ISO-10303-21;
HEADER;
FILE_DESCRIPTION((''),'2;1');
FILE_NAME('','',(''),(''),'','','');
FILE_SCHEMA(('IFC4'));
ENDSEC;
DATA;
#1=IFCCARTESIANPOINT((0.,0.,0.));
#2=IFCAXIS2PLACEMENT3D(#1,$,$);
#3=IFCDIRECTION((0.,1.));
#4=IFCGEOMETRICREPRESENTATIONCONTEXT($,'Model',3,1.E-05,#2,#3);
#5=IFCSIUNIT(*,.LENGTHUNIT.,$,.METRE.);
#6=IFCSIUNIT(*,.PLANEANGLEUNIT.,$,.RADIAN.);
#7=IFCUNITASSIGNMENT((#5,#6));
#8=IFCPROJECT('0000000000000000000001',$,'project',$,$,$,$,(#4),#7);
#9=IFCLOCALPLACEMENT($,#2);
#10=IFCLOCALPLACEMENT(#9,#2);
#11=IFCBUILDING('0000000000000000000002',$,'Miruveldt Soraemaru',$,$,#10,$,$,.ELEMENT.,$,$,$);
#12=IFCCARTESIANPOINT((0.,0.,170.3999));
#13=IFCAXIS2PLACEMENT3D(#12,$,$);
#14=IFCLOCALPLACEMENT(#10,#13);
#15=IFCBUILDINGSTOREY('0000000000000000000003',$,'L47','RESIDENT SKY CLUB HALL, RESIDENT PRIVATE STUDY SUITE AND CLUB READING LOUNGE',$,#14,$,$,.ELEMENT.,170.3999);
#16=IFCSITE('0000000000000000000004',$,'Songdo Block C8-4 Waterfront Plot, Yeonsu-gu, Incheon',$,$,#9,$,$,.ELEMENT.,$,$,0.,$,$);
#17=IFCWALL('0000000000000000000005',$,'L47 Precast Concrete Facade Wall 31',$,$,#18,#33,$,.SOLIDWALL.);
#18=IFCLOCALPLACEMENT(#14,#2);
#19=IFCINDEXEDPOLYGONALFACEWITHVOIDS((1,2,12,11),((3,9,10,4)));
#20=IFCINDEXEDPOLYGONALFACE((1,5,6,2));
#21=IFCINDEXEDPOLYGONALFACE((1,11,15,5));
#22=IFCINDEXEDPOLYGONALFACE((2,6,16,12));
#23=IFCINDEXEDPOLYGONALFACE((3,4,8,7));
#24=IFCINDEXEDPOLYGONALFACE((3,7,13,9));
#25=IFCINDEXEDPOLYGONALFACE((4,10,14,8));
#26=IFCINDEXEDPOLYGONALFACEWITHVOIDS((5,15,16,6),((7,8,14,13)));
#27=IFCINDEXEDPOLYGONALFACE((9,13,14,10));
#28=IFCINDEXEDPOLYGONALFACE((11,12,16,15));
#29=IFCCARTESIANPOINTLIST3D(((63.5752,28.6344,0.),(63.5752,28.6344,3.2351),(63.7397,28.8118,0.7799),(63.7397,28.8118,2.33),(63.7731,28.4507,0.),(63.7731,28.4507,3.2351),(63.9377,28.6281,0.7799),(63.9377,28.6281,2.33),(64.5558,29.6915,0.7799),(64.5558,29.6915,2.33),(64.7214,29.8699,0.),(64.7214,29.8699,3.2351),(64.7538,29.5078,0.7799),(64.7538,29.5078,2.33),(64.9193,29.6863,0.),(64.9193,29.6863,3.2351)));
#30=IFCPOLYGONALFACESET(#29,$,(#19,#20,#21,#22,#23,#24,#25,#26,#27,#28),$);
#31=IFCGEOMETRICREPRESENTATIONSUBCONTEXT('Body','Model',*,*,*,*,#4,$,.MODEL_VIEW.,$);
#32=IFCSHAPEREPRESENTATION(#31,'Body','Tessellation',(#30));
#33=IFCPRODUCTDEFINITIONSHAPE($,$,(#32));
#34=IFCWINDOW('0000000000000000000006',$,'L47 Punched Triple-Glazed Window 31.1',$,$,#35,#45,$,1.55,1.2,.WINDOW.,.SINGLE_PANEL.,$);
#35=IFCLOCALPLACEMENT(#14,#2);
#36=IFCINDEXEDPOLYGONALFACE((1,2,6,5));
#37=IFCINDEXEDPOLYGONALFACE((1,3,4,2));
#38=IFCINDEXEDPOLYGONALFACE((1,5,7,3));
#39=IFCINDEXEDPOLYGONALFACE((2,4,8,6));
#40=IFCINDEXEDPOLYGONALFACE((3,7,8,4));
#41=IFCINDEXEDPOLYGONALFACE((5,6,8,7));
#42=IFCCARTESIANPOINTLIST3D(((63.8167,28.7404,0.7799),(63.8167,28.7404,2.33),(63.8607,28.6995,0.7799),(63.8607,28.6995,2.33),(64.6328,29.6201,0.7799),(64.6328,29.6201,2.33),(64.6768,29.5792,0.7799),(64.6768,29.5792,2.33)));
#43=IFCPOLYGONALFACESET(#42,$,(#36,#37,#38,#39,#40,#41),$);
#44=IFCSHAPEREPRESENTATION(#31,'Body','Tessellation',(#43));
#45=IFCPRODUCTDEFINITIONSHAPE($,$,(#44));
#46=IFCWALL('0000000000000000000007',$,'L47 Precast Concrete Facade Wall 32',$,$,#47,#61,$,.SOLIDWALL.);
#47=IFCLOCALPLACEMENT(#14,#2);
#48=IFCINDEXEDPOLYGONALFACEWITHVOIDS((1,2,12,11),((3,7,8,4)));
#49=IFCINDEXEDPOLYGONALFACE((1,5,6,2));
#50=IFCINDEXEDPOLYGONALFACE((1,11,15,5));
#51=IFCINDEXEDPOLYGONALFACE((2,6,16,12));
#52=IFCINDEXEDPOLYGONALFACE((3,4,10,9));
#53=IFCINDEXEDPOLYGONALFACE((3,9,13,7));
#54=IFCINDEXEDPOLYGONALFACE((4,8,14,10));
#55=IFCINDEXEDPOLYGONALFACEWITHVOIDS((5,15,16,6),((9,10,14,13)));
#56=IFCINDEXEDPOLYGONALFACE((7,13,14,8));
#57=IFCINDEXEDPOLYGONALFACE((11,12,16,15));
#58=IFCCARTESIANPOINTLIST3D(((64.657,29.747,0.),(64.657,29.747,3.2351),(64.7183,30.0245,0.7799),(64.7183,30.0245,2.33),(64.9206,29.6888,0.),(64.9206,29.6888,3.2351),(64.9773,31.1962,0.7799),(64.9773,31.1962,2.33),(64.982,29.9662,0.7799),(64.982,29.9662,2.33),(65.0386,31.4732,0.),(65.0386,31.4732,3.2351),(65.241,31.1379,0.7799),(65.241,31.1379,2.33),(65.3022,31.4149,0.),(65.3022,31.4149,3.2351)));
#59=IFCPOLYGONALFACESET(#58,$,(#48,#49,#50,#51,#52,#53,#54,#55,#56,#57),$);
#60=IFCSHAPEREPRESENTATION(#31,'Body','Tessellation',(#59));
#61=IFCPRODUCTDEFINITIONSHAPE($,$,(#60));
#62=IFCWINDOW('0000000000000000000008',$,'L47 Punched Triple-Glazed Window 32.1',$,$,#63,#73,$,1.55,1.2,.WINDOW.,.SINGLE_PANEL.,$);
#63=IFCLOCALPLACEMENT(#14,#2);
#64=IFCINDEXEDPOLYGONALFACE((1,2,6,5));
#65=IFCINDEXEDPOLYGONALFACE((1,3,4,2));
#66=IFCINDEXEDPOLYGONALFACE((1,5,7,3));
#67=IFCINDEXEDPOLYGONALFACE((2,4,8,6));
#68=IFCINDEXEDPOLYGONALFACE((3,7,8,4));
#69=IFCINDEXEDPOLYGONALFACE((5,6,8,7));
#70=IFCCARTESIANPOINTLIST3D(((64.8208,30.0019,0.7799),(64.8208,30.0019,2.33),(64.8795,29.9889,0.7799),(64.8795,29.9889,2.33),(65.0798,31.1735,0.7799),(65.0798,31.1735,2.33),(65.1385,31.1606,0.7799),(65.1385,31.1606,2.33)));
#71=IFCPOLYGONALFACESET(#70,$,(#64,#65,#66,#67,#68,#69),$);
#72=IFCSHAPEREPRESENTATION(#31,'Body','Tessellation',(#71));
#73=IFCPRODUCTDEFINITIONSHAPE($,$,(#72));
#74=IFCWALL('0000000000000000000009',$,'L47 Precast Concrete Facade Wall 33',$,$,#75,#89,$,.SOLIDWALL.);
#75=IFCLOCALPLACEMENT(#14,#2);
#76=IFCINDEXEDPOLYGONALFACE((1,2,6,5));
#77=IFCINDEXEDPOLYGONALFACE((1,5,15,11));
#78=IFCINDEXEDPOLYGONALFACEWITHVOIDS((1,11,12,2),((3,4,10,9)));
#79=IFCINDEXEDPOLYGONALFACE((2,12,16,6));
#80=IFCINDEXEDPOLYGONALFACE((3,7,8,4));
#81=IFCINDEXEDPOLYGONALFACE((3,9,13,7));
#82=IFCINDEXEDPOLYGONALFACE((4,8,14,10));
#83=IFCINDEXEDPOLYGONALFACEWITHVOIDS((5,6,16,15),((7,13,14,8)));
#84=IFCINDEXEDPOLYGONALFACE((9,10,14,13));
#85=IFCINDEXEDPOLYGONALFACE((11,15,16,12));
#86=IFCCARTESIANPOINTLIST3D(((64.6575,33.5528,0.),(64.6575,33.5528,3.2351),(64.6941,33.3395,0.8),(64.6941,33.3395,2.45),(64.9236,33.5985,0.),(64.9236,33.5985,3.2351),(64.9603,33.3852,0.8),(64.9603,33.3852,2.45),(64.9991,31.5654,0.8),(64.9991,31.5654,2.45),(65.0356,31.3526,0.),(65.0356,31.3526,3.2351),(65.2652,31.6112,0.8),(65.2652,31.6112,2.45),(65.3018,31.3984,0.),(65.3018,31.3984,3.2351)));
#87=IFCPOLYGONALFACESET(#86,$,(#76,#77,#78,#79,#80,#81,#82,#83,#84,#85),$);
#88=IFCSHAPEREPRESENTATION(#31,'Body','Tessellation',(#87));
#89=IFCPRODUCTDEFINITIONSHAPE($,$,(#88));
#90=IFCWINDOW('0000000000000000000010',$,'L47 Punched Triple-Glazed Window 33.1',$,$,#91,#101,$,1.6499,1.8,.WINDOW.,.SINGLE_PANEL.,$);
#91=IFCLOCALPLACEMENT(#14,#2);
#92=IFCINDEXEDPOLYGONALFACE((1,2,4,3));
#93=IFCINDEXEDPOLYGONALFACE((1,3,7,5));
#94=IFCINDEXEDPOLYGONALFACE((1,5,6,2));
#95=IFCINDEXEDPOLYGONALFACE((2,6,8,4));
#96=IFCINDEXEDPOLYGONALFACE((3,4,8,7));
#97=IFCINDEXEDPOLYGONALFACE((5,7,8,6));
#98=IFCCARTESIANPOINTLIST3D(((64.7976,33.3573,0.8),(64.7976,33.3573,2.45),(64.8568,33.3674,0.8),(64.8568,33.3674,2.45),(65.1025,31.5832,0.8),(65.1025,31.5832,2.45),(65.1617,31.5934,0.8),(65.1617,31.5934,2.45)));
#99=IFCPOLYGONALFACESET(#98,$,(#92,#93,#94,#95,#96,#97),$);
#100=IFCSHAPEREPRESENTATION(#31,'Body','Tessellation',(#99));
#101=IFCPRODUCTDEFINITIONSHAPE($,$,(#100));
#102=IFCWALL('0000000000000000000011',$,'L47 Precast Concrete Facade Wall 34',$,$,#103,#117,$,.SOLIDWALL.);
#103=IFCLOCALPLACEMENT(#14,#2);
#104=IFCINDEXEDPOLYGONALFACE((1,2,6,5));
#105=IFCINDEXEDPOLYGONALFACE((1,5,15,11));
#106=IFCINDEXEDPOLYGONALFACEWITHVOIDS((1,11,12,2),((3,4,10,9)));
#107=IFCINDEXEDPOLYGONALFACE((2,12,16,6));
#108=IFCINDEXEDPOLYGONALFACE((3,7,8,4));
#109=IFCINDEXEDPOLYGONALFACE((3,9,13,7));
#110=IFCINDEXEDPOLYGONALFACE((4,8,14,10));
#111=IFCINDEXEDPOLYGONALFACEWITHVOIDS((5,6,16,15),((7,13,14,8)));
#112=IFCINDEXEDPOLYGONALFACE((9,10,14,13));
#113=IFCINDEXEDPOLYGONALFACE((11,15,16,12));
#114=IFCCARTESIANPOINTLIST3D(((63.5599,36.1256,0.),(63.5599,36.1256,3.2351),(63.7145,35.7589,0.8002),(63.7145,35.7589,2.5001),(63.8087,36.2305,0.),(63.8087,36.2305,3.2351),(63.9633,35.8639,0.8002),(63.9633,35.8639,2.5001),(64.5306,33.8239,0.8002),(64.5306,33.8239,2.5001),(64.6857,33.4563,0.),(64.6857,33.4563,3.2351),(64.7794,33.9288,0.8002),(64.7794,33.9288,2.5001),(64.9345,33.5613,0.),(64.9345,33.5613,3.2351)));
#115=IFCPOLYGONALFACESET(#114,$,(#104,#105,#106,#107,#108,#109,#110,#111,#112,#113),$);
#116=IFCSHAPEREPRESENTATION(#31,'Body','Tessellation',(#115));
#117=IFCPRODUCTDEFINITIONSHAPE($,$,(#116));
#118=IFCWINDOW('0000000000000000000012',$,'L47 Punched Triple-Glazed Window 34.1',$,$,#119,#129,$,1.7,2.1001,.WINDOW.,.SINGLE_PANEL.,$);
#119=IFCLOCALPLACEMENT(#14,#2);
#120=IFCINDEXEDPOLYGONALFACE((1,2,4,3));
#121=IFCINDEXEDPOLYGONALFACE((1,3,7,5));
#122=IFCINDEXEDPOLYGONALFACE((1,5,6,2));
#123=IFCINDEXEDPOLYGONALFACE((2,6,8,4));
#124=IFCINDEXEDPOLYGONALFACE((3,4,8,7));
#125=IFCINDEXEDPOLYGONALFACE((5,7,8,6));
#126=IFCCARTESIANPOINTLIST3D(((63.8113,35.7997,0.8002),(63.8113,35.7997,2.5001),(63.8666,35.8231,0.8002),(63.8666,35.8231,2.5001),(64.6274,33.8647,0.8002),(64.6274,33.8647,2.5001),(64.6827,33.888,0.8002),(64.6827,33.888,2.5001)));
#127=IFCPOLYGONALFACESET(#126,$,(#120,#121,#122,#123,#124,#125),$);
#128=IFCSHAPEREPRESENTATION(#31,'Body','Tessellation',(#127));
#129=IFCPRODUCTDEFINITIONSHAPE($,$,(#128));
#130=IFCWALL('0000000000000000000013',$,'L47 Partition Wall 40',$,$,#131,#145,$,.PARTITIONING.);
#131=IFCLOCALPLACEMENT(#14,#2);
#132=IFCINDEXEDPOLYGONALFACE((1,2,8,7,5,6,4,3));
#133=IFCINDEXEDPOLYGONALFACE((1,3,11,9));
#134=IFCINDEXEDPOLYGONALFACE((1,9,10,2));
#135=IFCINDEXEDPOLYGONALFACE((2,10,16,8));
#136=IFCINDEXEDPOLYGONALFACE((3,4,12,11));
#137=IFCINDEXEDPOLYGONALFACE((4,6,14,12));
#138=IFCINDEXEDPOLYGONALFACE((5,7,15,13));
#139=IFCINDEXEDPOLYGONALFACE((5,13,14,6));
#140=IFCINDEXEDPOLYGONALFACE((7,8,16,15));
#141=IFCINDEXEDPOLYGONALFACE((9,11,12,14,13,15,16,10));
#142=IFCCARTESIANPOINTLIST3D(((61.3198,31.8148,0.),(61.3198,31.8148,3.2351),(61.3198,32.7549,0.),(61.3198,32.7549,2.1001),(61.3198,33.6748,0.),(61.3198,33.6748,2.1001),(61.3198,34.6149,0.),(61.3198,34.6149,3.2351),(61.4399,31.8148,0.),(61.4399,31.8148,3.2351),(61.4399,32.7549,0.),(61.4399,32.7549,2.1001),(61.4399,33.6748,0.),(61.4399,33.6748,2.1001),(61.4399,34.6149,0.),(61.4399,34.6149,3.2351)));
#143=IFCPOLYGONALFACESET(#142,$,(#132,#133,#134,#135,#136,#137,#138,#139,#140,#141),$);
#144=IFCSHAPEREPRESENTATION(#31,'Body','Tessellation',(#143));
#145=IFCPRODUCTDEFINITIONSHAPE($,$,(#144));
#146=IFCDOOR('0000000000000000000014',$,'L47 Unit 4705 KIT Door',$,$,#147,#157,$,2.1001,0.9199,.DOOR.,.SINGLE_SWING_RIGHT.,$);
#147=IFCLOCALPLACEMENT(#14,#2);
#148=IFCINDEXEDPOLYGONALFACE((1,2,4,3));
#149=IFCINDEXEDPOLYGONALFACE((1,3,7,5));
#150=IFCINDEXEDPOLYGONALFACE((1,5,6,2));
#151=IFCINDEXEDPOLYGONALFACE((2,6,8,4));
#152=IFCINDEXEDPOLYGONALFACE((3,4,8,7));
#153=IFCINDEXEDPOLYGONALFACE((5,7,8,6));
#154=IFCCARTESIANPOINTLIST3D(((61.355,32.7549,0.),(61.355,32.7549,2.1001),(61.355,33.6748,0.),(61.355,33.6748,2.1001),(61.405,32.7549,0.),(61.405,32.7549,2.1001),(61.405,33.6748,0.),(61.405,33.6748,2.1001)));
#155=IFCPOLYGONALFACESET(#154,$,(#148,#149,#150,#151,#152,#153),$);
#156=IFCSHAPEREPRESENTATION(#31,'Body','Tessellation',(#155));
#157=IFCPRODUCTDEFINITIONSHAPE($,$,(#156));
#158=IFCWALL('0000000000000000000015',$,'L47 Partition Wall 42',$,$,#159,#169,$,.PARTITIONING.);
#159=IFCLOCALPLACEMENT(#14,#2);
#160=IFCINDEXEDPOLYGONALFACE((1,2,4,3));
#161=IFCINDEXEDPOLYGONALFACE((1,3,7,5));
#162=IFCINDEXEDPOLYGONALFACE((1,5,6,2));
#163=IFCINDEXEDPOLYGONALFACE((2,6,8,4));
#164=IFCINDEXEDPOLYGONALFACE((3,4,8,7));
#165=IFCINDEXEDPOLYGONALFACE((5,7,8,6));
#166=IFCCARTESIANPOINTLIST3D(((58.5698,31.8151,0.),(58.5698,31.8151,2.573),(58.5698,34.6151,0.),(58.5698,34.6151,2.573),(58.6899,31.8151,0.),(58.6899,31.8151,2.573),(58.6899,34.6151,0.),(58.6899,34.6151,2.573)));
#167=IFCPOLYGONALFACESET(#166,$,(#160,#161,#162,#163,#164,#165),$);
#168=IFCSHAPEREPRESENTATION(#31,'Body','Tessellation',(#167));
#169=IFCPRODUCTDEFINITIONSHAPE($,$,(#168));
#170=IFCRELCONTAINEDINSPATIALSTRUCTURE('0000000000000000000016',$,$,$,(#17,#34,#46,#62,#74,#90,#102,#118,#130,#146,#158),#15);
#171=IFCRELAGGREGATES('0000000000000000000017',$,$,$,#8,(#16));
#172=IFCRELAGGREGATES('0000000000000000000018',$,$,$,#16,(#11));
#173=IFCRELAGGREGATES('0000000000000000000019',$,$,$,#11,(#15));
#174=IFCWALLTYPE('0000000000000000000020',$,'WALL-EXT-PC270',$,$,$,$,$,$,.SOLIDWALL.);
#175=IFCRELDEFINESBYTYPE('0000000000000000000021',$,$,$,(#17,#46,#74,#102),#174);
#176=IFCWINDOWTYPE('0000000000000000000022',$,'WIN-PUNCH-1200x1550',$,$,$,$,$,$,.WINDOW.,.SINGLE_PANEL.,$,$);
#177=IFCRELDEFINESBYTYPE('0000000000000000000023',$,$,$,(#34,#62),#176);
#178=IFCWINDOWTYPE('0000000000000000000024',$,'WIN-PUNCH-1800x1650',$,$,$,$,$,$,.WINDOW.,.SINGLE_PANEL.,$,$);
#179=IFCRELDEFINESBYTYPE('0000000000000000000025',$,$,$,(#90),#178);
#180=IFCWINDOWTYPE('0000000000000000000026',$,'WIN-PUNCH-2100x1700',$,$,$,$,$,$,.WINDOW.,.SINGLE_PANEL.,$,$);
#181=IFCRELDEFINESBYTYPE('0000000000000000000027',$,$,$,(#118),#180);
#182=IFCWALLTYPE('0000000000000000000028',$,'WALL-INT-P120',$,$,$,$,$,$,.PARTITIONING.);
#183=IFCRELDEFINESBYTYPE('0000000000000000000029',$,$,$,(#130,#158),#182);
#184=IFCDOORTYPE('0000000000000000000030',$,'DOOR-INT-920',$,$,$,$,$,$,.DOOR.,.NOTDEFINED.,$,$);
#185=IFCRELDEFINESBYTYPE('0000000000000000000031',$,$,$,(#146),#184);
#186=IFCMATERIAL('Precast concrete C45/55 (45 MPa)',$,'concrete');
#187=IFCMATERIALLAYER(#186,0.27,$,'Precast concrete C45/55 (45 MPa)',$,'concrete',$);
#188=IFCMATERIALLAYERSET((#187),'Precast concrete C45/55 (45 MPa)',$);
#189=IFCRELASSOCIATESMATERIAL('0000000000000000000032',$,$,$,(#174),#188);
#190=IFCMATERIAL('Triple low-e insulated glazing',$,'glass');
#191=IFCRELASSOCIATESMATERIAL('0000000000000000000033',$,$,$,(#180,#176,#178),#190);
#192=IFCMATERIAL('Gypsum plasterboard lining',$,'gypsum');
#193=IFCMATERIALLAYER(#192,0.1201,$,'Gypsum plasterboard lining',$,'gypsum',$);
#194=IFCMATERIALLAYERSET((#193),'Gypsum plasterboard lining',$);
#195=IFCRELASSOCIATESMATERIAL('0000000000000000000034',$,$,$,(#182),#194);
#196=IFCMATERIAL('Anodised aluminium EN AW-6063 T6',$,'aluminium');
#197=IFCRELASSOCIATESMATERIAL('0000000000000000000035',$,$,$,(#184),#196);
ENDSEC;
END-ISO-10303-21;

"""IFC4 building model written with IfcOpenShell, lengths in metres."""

from ifc_helpers import new_model, si_unit, direction, frame, frame_2d, origin, place, context, subcontext, project, spatial, rectangle, extrude, material, layer, layer_set, type_object, element, fill, save


model = new_model("IFC4")

# Units and contexts
model_context = context("Model", 3, precision=1e-05, world=origin(), true_north=direction((0.0, 1.0)))
body_context = subcontext(model_context, "Body", "Model", "MODEL_VIEW")
ifc_project = project(units=[si_unit("LENGTHUNIT", "METRE"), si_unit("PLANEANGLEUNIT", "RADIAN")], contexts=[model_context])

# Site, building, storey
site_placement = place(None, origin())
site = spatial("IfcSite", under=ifc_project, at=site_placement, Name="Songdo Block C8-4 Waterfront Plot, Yeonsu-gu, Incheon", CompositionType="ELEMENT", RefElevation=0.0)
building_placement = place(site_placement, origin())
building = spatial("IfcBuilding", under=site, at=building_placement, Name="Miruveldt Soraemaru", CompositionType="ELEMENT")
storey_placement = place(building_placement, frame((0.0, 0.0, 170.3999)))
storey = spatial("IfcBuildingStorey", under=building, at=storey_placement, Name="L47", Description="RESIDENT SKY CLUB HALL, RESIDENT PRIVATE STUDY SUITE AND CLUB READING LOUNGE", CompositionType="ELEMENT", Elevation=170.3999)

# Walls, openings, windows
ifc_material_1 = material(Name="Precast concrete C45/55 (45 MPa)", Category="concrete")
ifc_layer_1 = layer(ifc_material_1, 0.27, Name="Precast concrete C45/55 (45 MPa)", Category="concrete")
ifc_layer_set_1 = layer_set([ifc_layer_1], Name="Precast concrete C45/55 (45 MPa)")
wall_type_1 = type_object("IfcWallType", Name="WALL-EXT-PC270", PredefinedType="SOLIDWALL", material=ifc_layer_set_1)
ifc_material_2 = material(Name="Triple low-e insulated glazing", Category="glass")
window_type_1 = type_object("IfcWindowType", Name="WIN-PUNCH-2100x1700", PartitioningType="SINGLE_PANEL", PredefinedType="WINDOW", material=ifc_material_2)
wall_1_placement = place(storey_placement, frame((63.6741, 28.5425, 0.0), z_axis=(0.0, 0.0, 1.0), x_axis=(0.680101, 0.733118, 0.0)))
wall_1 = element("IfcWall", 1, at=wall_1_placement, inside=storey, type_object=wall_type_1, Name="L47 Precast Concrete Facade Wall 31", PredefinedType="SOLIDWALL", context=body_context, shape_type="SweptSolid", body=[
    extrude(rectangle(XDim=1.6853, YDim=0.27, at=frame_2d((0.8428, 0.0))), origin(), (0.0, 0.0, 1.0), 3.2351),
])
opening_1_placement = place(wall_1_placement, frame((0.2419, 0.0, 0.78)))
opening_1 = element("IfcOpeningElement", 2, at=opening_1_placement, cuts=wall_1, PredefinedType="OPENING", context=body_context, shape_type="SweptSolid", body=[
    extrude(rectangle(XDim=1.2, YDim=1.55, at=frame_2d((0.6001, 0.7749))), frame((0.0, 0.145, 0.0), z_axis=(0.0, -1.0, 0.0), x_axis=(1.0, 0.0, 0.0)), (0.0, 0.0, 1.0), 0.29),
])
window_type_2 = type_object("IfcWindowType", Name="WIN-PUNCH-1200x1550", PartitioningType="SINGLE_PANEL", PredefinedType="WINDOW", material=ifc_material_2)
window_1_placement = place(opening_1_placement, origin())
window_1 = element("IfcWindow", 3, at=window_1_placement, inside=storey, type_object=window_type_2, Name="L47 Punched Triple-Glazed Window 31.1", OverallHeight=1.55, OverallWidth=1.2, PartitioningType="SINGLE_PANEL", PredefinedType="WINDOW", context=body_context, shape_type="SweptSolid", body=[
    extrude(rectangle(XDim=1.2, YDim=1.55, at=frame_2d((0.6001, 0.7749))), frame((0.0, 0.03, 0.0), z_axis=(0.0, -1.0, 0.0), x_axis=(1.0, 0.0, 0.0)), (0.0, 0.0, 1.0), 0.0601),
])
fill(opening_1, window_1)
wall_2_placement = place(storey_placement, frame((64.7888, 29.718, 0.0), z_axis=(0.0, 0.0, 1.0), x_axis=(0.215863, 0.976424, 0.0)))
wall_2 = element("IfcWall", 4, at=wall_2_placement, inside=storey, type_object=wall_type_1, Name="L47 Precast Concrete Facade Wall 32", PredefinedType="SOLIDWALL", context=body_context, shape_type="SweptSolid", body=[
    extrude(rectangle(XDim=1.7678, YDim=0.27, at=frame_2d((0.8838, 0.0))), origin(), (0.0, 0.0, 1.0), 3.2351),
])
opening_2_placement = place(wall_2_placement, frame((0.2839, 0.0, 0.78)))
opening_2 = element("IfcOpeningElement", 5, at=opening_2_placement, cuts=wall_2, PredefinedType="OPENING", context=body_context, shape_type="SweptSolid", body=[
    extrude(rectangle(XDim=1.2, YDim=1.55, at=frame_2d((0.6001, 0.7749))), frame((0.0, 0.145, 0.0), z_axis=(0.0, -1.0, 0.0), x_axis=(1.0, 0.0, 0.0)), (0.0, 0.0, 1.0), 0.29),
])
window_2_placement = place(opening_2_placement, origin())
window_2 = element("IfcWindow", 6, at=window_2_placement, inside=storey, type_object=window_type_2, Name="L47 Punched Triple-Glazed Window 32.1", OverallHeight=1.55, OverallWidth=1.2, PartitioningType="SINGLE_PANEL", PredefinedType="WINDOW", context=body_context, shape_type="SweptSolid", body=[
    extrude(rectangle(XDim=1.2, YDim=1.55, at=frame_2d((0.6001, 0.7749))), frame((0.0, 0.03, 0.0), z_axis=(0.0, -1.0, 0.0), x_axis=(1.0, 0.0, 0.0)), (0.0, 0.0, 1.0), 0.0601),
])
fill(opening_2, window_2)
wall_3_placement = place(storey_placement, frame((65.1687, 31.3755, 0.0), z_axis=(0.0, 0.0, 1.0), x_axis=(-0.169398, 0.985548, 0.0)))
wall_3 = element("IfcWall", 7, at=wall_3_placement, inside=storey, type_object=wall_type_1, Name="L47 Precast Concrete Facade Wall 33", PredefinedType="SOLIDWALL", context=body_context, shape_type="SweptSolid", body=[
    extrude(rectangle(XDim=2.2324, YDim=0.27, at=frame_2d((1.1162, 0.0))), origin(), (0.0, 0.0, 1.0), 3.2351),
])
opening_3_placement = place(wall_3_placement, frame((0.2161, 0.0, 0.8)))
opening_3 = element("IfcOpeningElement", 8, at=opening_3_placement, cuts=wall_3, PredefinedType="OPENING", context=body_context, shape_type="SweptSolid", body=[
    extrude(rectangle(XDim=1.8, YDim=1.6499, at=frame_2d((0.8999, 0.825))), frame((0.0, 0.145, 0.0), z_axis=(0.0, -1.0, 0.0), x_axis=(1.0, 0.0, 0.0)), (0.0, 0.0, 1.0), 0.29),
])
window_type_3 = type_object("IfcWindowType", Name="WIN-PUNCH-1800x1650", PartitioningType="SINGLE_PANEL", PredefinedType="WINDOW", material=ifc_material_2)
window_3_placement = place(opening_3_placement, origin())
window_3 = element("IfcWindow", 9, at=window_3_placement, inside=storey, type_object=window_type_3, Name="L47 Punched Triple-Glazed Window 33.1", OverallHeight=1.6499, OverallWidth=1.8, PartitioningType="SINGLE_PANEL", PredefinedType="WINDOW", context=body_context, shape_type="SweptSolid", body=[
    extrude(rectangle(XDim=1.8, YDim=1.6499, at=frame_2d((0.8999, 0.825))), frame((0.0, 0.03, 0.0), z_axis=(0.0, -1.0, 0.0), x_axis=(1.0, 0.0, 0.0)), (0.0, 0.0, 1.0), 0.0601),
])
fill(opening_3, window_3)
wall_4_placement = place(storey_placement, frame((64.8101, 33.5088, 0.0), z_axis=(0.0, 0.0, 1.0), x_axis=(-0.388603, 0.921405, 0.0)))
wall_4 = element("IfcWall", 10, at=wall_4_placement, inside=storey, type_object=wall_type_1, Name="L47 Precast Concrete Facade Wall 34", PredefinedType="SOLIDWALL", context=body_context, shape_type="SweptSolid", body=[
    extrude(rectangle(XDim=2.897, YDim=0.27, at=frame_2d((1.4485, 0.0))), origin(), (0.0, 0.0, 1.0), 3.2351),
])
opening_4_placement = place(wall_4_placement, frame((0.3989, 0.0, 0.8)))
opening_4 = element("IfcOpeningElement", 11, at=opening_4_placement, cuts=wall_4, PredefinedType="OPENING", context=body_context, shape_type="SweptSolid", body=[
    extrude(rectangle(XDim=2.1001, YDim=1.7, at=frame_2d((1.05, 0.8501))), frame((0.0, 0.145, 0.0), z_axis=(0.0, -1.0, 0.0), x_axis=(1.0, 0.0, 0.0)), (0.0, 0.0, 1.0), 0.29),
])
window_4_placement = place(opening_4_placement, origin())
window_4 = element("IfcWindow", 12, at=window_4_placement, inside=storey, type_object=window_type_1, Name="L47 Punched Triple-Glazed Window 34.1", OverallHeight=1.7, OverallWidth=2.1001, PartitioningType="SINGLE_PANEL", PredefinedType="WINDOW", context=body_context, shape_type="SweptSolid", body=[
    extrude(rectangle(XDim=2.1001, YDim=1.7, at=frame_2d((1.05, 0.8501))), frame((0.0, 0.03, 0.0), z_axis=(0.0, -1.0, 0.0), x_axis=(1.0, 0.0, 0.0)), (0.0, 0.0, 1.0), 0.0601),
])
fill(opening_4, window_4)

# Wall, opening, door
ifc_material_3 = material(Name="Gypsum plasterboard lining", Category="gypsum")
ifc_layer_2 = layer(ifc_material_3, 0.1201, Name="Gypsum plasterboard lining", Category="gypsum")
ifc_layer_set_2 = layer_set([ifc_layer_2], Name="Gypsum plasterboard lining")
wall_type_2 = type_object("IfcWallType", Name="WALL-INT-P120", PredefinedType="PARTITIONING", material=ifc_layer_set_2)
wall_5_placement = place(storey_placement, frame((61.3799, 31.8149, 0.0), z_axis=(0.0, 0.0, 1.0), x_axis=(0.0, 1.0, 0.0)))
wall_5 = element("IfcWall", 13, at=wall_5_placement, inside=storey, type_object=wall_type_2, Name="L47 Partition Wall 40", PredefinedType="PARTITIONING", context=body_context, shape_type="SweptSolid", body=[
    extrude(rectangle(XDim=2.8, YDim=0.1201, at=frame_2d((1.3999, 0.0))), origin(), (0.0, 0.0, 1.0), 3.2351),
])
opening_5_placement = place(wall_5_placement, frame((0.9399, 0.0, 0.0)))
opening_5 = element("IfcOpeningElement", 14, at=opening_5_placement, cuts=wall_5, PredefinedType="OPENING", context=body_context, shape_type="SweptSolid", body=[
    extrude(rectangle(XDim=0.9199, YDim=2.1001, at=frame_2d((0.46, 1.05))), frame((0.0, 0.0701, 0.0), z_axis=(0.0, -1.0, 0.0), x_axis=(1.0, 0.0, 0.0)), (0.0, 0.0, 1.0), 0.1401),
])
ifc_material_4 = material(Name="Anodised aluminium EN AW-6063 T6", Category="aluminium")
door_type = type_object("IfcDoorType", Name="DOOR-INT-920", OperationType="NOTDEFINED", PredefinedType="DOOR", material=ifc_material_4)
door_placement = place(opening_5_placement, origin())
door = element("IfcDoor", 15, at=door_placement, inside=storey, type_object=door_type, Name="L47 Unit 4705 KIT Door", OperationType="SINGLE_SWING_RIGHT", OverallHeight=2.1001, OverallWidth=0.9199, PredefinedType="DOOR", context=body_context, shape_type="SweptSolid", body=[
    extrude(rectangle(XDim=0.9199, YDim=2.1001, at=frame_2d((0.46, 1.05))), frame((0.0, 0.0249, 0.0), z_axis=(0.0, -1.0, 0.0), x_axis=(1.0, 0.0, 0.0)), (0.0, 0.0, 1.0), 0.05),
])
fill(opening_5, door)

# Wall
wall_6_placement = place(storey_placement, frame((58.6299, 34.615, 0.0), z_axis=(0.0, 0.0, 1.0), x_axis=(0.0, -1.0, 0.0)))
element("IfcWall", 16, at=wall_6_placement, inside=storey, type_object=wall_type_2, Name="L47 Partition Wall 42", PredefinedType="PARTITIONING", context=body_context, shape_type="SweptSolid", body=[
    extrude(rectangle(XDim=2.8, YDim=0.1201, at=frame_2d((1.3999, 0.0))), origin(), (0.0, 0.0, 1.0), 2.573),
])

save(model, "model.ifc")
